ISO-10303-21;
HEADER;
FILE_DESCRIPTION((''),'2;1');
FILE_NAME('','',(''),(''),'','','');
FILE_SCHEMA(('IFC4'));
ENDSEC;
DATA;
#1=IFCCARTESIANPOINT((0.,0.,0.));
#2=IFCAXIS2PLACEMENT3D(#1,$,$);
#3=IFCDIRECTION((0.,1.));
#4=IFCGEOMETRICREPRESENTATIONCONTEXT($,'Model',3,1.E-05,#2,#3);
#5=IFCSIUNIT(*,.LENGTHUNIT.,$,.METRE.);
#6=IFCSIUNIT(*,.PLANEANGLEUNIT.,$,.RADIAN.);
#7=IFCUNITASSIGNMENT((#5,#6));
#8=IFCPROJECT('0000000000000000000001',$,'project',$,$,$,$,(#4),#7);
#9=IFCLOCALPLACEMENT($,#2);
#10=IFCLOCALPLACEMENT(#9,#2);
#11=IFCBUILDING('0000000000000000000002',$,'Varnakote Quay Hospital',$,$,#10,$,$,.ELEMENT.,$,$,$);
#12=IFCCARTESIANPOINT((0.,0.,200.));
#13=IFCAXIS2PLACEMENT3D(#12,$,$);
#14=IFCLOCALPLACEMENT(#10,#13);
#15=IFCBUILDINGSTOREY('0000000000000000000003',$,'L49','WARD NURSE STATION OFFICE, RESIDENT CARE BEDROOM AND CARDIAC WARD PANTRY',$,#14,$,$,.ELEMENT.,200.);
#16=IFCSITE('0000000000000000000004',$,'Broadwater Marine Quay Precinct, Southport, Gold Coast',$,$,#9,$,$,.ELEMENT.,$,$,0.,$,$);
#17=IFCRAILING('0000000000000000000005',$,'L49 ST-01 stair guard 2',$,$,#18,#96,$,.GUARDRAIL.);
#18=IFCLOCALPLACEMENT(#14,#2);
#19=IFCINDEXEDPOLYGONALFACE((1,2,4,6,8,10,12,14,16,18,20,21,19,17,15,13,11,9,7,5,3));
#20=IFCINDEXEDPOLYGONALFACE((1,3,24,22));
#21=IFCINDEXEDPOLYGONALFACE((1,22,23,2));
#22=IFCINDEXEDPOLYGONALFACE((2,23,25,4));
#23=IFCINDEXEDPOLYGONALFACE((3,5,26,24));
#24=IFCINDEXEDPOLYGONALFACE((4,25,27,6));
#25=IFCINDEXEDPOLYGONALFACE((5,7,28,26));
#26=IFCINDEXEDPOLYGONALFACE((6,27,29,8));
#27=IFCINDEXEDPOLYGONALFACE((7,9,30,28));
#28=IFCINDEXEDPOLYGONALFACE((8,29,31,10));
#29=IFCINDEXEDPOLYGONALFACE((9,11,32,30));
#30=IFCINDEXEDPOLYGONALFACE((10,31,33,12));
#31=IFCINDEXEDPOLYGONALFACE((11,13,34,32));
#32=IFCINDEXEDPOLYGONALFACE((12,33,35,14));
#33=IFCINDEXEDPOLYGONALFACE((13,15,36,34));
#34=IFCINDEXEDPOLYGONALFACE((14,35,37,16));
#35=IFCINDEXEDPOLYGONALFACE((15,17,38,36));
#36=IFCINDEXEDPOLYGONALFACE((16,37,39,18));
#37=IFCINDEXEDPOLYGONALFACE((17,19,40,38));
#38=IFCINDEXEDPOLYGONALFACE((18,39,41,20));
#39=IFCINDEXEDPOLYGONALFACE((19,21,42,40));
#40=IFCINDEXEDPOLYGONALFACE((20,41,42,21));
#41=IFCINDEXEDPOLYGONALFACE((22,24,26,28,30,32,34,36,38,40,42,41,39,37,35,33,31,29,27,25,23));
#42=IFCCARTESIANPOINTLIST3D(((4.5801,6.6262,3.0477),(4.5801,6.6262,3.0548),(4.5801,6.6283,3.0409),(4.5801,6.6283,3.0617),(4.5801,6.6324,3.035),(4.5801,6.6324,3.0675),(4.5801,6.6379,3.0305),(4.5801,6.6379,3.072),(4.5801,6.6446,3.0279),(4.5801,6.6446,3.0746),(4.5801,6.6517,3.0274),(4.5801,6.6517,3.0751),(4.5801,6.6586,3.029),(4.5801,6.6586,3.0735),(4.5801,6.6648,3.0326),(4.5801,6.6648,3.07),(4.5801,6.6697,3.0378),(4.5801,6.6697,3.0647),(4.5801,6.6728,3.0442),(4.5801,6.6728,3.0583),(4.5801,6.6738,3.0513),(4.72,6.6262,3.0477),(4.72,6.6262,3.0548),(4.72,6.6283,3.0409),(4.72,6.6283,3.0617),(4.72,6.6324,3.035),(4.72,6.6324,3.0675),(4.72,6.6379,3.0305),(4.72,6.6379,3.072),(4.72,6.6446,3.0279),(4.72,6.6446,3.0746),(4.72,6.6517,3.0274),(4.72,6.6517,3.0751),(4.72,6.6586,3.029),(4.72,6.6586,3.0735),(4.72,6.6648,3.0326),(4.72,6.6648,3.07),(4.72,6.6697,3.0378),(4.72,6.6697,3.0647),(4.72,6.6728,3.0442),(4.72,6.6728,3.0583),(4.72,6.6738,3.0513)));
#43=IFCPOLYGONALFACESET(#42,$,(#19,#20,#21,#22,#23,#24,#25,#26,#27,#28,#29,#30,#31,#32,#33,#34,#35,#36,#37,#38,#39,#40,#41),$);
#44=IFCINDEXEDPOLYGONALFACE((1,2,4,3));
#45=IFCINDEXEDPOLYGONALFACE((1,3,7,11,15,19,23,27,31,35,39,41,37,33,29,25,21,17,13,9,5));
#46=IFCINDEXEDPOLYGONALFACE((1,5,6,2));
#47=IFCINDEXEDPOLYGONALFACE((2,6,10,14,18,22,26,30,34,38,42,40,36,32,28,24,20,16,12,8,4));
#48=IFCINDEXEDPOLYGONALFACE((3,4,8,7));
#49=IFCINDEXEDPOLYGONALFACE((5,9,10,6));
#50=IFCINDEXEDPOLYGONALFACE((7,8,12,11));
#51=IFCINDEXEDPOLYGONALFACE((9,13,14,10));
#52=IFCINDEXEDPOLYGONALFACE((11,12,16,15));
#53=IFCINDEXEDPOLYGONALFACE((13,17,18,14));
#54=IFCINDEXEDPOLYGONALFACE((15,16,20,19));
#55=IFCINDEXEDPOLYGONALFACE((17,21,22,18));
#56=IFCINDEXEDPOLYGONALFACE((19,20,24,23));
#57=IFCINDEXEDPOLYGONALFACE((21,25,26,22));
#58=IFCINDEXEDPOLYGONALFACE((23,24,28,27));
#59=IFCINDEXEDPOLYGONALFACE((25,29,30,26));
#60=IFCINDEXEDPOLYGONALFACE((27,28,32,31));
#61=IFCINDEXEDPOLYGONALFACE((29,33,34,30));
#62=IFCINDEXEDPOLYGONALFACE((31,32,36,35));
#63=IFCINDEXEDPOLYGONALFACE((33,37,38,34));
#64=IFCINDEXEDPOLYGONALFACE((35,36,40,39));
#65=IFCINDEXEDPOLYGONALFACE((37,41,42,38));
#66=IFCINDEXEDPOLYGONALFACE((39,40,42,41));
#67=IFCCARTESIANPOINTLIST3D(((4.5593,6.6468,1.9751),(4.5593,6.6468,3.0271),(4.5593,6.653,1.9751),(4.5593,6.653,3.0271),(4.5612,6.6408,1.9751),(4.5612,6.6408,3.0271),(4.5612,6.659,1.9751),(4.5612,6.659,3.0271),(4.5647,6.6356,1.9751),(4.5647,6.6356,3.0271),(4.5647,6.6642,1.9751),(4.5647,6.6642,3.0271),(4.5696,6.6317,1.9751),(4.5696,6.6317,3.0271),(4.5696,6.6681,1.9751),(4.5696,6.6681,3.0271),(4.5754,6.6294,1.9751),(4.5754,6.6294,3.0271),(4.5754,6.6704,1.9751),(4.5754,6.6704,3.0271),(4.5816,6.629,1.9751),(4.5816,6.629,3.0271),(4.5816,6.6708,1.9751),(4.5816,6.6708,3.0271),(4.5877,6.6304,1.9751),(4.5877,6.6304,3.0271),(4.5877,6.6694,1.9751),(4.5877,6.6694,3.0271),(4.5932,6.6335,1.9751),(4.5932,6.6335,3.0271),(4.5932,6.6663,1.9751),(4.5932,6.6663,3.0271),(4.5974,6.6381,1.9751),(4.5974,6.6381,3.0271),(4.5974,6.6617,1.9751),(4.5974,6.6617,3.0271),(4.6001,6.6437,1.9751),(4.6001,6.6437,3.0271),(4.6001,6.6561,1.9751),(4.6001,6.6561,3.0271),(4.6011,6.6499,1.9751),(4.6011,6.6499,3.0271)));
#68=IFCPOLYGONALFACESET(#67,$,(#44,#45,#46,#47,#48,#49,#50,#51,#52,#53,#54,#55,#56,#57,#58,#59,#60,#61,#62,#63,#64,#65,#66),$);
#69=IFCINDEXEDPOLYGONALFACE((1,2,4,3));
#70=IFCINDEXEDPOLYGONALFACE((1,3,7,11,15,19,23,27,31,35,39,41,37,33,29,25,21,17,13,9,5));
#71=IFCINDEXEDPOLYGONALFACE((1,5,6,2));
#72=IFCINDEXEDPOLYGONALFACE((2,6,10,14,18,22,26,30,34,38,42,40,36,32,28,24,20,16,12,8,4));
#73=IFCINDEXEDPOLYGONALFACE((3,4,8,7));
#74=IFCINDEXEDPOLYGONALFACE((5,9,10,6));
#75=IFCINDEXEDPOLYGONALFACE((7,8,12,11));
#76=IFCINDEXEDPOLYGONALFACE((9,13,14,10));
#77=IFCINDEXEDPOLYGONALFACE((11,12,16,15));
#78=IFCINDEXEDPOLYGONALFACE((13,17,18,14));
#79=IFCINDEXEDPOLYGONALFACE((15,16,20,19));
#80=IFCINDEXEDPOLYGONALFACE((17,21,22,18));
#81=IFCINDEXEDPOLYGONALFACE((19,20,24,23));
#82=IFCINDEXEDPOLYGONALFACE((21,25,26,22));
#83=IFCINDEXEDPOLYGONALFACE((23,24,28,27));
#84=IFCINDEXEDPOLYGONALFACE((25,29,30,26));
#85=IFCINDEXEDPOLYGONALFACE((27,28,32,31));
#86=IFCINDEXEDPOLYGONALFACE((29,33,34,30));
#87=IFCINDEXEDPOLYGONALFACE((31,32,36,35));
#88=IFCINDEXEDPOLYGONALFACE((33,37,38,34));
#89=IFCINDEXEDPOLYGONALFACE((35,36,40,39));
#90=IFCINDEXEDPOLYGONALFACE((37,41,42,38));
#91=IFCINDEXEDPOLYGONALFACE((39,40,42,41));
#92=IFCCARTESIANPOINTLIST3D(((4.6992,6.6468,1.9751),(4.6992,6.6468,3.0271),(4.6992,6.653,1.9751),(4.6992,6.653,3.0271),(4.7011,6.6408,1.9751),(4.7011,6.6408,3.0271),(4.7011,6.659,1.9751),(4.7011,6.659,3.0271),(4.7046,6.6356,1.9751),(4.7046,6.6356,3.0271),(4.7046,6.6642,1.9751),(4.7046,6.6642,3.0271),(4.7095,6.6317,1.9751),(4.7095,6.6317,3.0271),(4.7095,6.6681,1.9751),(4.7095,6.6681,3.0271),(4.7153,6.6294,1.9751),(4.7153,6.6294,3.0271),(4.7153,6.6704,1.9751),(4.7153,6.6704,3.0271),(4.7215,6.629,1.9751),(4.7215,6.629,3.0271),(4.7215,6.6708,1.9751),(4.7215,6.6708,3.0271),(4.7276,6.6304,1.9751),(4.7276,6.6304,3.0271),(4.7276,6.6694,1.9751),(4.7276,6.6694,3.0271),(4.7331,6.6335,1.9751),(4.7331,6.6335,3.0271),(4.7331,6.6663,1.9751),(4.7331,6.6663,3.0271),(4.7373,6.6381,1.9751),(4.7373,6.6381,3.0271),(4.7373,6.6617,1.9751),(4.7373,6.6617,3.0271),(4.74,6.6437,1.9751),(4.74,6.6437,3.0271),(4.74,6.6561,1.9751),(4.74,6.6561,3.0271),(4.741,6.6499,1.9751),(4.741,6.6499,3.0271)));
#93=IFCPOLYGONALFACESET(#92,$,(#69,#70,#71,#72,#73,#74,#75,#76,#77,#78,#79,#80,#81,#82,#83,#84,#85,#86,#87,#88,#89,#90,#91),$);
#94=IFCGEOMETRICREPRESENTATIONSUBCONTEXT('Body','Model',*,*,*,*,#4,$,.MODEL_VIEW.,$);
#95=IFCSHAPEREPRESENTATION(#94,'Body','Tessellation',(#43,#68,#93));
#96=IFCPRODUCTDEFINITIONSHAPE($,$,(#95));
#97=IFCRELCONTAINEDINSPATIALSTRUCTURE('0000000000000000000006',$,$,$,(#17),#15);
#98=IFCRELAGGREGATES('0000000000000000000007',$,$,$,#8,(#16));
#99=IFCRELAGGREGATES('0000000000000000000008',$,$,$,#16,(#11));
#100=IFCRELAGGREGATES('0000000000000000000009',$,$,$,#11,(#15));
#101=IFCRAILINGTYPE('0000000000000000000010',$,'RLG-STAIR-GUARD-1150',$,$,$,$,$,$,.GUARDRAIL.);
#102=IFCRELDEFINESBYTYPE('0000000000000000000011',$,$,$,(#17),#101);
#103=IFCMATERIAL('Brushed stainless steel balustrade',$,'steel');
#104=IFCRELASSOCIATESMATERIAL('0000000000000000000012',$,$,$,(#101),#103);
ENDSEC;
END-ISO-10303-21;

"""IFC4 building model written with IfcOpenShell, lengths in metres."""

from ifc_helpers import new_model, si_unit, direction, frame, origin, origin_2d, place, context, subcontext, project, spatial, circle, extrude, material, type_object, element, save


model = new_model("IFC4")

# Units and contexts
model_context = context("Model", 3, precision=1e-05, world=origin(), true_north=direction((0.0, 1.0)))
body_context = subcontext(model_context, "Body", "Model", "MODEL_VIEW")
ifc_project = project(units=[si_unit("LENGTHUNIT", "METRE"), si_unit("PLANEANGLEUNIT", "RADIAN")], contexts=[model_context])

# Site, building, storey
site_placement = place(None, origin())
site = spatial("IfcSite", under=ifc_project, at=site_placement, Name="Broadwater Marine Quay Precinct, Southport, Gold Coast", CompositionType="ELEMENT", RefElevation=0.0)
building_placement = place(site_placement, origin())
building = spatial("IfcBuilding", under=site, at=building_placement, Name="Varnakote Quay Hospital", CompositionType="ELEMENT")
storey_placement = place(building_placement, frame((0.0, 0.0, 200.0)))
storey = spatial("IfcBuildingStorey", under=building, at=storey_placement, Name="L49", Description="WARD NURSE STATION OFFICE, RESIDENT CARE BEDROOM AND CARDIAC WARD PANTRY", CompositionType="ELEMENT", Elevation=200.0)

# Railing
ifc_material_1 = material(Name="Brushed stainless steel balustrade", Category="steel")
railing_type_1 = type_object("IfcRailingType", Name="RLG-STAIR-GUARD-1150", PredefinedType="GUARDRAIL", material=ifc_material_1)
railing_1_placement = place(storey_placement, frame((4.5801, 6.6499, 1.9751)))
element("IfcRailing", 1, at=railing_1_placement, inside=storey, type_object=railing_type_1, Name="L49 ST-01 stair guard 2", PredefinedType="GUARDRAIL", context=body_context, shape_type="SweptSolid", body=[
    extrude(circle(Radius=0.0239, at=origin_2d()), frame((0.0, 0.0, 1.0762), z_axis=(1.0, 0.0, 0.0), x_axis=(0.0, 1.0, 0.0)), (0.0, 0.0, 1.0), 0.1399),
    extrude(circle(Radius=0.021, at=origin_2d()), origin(), (0.0, 0.0, 1.0), 1.052),
    extrude(circle(Radius=0.021, at=origin_2d()), frame((0.1399, 0.0, 0.0)), (0.0, 0.0, 1.0), 1.052),
])

save(model, "model.ifc")
